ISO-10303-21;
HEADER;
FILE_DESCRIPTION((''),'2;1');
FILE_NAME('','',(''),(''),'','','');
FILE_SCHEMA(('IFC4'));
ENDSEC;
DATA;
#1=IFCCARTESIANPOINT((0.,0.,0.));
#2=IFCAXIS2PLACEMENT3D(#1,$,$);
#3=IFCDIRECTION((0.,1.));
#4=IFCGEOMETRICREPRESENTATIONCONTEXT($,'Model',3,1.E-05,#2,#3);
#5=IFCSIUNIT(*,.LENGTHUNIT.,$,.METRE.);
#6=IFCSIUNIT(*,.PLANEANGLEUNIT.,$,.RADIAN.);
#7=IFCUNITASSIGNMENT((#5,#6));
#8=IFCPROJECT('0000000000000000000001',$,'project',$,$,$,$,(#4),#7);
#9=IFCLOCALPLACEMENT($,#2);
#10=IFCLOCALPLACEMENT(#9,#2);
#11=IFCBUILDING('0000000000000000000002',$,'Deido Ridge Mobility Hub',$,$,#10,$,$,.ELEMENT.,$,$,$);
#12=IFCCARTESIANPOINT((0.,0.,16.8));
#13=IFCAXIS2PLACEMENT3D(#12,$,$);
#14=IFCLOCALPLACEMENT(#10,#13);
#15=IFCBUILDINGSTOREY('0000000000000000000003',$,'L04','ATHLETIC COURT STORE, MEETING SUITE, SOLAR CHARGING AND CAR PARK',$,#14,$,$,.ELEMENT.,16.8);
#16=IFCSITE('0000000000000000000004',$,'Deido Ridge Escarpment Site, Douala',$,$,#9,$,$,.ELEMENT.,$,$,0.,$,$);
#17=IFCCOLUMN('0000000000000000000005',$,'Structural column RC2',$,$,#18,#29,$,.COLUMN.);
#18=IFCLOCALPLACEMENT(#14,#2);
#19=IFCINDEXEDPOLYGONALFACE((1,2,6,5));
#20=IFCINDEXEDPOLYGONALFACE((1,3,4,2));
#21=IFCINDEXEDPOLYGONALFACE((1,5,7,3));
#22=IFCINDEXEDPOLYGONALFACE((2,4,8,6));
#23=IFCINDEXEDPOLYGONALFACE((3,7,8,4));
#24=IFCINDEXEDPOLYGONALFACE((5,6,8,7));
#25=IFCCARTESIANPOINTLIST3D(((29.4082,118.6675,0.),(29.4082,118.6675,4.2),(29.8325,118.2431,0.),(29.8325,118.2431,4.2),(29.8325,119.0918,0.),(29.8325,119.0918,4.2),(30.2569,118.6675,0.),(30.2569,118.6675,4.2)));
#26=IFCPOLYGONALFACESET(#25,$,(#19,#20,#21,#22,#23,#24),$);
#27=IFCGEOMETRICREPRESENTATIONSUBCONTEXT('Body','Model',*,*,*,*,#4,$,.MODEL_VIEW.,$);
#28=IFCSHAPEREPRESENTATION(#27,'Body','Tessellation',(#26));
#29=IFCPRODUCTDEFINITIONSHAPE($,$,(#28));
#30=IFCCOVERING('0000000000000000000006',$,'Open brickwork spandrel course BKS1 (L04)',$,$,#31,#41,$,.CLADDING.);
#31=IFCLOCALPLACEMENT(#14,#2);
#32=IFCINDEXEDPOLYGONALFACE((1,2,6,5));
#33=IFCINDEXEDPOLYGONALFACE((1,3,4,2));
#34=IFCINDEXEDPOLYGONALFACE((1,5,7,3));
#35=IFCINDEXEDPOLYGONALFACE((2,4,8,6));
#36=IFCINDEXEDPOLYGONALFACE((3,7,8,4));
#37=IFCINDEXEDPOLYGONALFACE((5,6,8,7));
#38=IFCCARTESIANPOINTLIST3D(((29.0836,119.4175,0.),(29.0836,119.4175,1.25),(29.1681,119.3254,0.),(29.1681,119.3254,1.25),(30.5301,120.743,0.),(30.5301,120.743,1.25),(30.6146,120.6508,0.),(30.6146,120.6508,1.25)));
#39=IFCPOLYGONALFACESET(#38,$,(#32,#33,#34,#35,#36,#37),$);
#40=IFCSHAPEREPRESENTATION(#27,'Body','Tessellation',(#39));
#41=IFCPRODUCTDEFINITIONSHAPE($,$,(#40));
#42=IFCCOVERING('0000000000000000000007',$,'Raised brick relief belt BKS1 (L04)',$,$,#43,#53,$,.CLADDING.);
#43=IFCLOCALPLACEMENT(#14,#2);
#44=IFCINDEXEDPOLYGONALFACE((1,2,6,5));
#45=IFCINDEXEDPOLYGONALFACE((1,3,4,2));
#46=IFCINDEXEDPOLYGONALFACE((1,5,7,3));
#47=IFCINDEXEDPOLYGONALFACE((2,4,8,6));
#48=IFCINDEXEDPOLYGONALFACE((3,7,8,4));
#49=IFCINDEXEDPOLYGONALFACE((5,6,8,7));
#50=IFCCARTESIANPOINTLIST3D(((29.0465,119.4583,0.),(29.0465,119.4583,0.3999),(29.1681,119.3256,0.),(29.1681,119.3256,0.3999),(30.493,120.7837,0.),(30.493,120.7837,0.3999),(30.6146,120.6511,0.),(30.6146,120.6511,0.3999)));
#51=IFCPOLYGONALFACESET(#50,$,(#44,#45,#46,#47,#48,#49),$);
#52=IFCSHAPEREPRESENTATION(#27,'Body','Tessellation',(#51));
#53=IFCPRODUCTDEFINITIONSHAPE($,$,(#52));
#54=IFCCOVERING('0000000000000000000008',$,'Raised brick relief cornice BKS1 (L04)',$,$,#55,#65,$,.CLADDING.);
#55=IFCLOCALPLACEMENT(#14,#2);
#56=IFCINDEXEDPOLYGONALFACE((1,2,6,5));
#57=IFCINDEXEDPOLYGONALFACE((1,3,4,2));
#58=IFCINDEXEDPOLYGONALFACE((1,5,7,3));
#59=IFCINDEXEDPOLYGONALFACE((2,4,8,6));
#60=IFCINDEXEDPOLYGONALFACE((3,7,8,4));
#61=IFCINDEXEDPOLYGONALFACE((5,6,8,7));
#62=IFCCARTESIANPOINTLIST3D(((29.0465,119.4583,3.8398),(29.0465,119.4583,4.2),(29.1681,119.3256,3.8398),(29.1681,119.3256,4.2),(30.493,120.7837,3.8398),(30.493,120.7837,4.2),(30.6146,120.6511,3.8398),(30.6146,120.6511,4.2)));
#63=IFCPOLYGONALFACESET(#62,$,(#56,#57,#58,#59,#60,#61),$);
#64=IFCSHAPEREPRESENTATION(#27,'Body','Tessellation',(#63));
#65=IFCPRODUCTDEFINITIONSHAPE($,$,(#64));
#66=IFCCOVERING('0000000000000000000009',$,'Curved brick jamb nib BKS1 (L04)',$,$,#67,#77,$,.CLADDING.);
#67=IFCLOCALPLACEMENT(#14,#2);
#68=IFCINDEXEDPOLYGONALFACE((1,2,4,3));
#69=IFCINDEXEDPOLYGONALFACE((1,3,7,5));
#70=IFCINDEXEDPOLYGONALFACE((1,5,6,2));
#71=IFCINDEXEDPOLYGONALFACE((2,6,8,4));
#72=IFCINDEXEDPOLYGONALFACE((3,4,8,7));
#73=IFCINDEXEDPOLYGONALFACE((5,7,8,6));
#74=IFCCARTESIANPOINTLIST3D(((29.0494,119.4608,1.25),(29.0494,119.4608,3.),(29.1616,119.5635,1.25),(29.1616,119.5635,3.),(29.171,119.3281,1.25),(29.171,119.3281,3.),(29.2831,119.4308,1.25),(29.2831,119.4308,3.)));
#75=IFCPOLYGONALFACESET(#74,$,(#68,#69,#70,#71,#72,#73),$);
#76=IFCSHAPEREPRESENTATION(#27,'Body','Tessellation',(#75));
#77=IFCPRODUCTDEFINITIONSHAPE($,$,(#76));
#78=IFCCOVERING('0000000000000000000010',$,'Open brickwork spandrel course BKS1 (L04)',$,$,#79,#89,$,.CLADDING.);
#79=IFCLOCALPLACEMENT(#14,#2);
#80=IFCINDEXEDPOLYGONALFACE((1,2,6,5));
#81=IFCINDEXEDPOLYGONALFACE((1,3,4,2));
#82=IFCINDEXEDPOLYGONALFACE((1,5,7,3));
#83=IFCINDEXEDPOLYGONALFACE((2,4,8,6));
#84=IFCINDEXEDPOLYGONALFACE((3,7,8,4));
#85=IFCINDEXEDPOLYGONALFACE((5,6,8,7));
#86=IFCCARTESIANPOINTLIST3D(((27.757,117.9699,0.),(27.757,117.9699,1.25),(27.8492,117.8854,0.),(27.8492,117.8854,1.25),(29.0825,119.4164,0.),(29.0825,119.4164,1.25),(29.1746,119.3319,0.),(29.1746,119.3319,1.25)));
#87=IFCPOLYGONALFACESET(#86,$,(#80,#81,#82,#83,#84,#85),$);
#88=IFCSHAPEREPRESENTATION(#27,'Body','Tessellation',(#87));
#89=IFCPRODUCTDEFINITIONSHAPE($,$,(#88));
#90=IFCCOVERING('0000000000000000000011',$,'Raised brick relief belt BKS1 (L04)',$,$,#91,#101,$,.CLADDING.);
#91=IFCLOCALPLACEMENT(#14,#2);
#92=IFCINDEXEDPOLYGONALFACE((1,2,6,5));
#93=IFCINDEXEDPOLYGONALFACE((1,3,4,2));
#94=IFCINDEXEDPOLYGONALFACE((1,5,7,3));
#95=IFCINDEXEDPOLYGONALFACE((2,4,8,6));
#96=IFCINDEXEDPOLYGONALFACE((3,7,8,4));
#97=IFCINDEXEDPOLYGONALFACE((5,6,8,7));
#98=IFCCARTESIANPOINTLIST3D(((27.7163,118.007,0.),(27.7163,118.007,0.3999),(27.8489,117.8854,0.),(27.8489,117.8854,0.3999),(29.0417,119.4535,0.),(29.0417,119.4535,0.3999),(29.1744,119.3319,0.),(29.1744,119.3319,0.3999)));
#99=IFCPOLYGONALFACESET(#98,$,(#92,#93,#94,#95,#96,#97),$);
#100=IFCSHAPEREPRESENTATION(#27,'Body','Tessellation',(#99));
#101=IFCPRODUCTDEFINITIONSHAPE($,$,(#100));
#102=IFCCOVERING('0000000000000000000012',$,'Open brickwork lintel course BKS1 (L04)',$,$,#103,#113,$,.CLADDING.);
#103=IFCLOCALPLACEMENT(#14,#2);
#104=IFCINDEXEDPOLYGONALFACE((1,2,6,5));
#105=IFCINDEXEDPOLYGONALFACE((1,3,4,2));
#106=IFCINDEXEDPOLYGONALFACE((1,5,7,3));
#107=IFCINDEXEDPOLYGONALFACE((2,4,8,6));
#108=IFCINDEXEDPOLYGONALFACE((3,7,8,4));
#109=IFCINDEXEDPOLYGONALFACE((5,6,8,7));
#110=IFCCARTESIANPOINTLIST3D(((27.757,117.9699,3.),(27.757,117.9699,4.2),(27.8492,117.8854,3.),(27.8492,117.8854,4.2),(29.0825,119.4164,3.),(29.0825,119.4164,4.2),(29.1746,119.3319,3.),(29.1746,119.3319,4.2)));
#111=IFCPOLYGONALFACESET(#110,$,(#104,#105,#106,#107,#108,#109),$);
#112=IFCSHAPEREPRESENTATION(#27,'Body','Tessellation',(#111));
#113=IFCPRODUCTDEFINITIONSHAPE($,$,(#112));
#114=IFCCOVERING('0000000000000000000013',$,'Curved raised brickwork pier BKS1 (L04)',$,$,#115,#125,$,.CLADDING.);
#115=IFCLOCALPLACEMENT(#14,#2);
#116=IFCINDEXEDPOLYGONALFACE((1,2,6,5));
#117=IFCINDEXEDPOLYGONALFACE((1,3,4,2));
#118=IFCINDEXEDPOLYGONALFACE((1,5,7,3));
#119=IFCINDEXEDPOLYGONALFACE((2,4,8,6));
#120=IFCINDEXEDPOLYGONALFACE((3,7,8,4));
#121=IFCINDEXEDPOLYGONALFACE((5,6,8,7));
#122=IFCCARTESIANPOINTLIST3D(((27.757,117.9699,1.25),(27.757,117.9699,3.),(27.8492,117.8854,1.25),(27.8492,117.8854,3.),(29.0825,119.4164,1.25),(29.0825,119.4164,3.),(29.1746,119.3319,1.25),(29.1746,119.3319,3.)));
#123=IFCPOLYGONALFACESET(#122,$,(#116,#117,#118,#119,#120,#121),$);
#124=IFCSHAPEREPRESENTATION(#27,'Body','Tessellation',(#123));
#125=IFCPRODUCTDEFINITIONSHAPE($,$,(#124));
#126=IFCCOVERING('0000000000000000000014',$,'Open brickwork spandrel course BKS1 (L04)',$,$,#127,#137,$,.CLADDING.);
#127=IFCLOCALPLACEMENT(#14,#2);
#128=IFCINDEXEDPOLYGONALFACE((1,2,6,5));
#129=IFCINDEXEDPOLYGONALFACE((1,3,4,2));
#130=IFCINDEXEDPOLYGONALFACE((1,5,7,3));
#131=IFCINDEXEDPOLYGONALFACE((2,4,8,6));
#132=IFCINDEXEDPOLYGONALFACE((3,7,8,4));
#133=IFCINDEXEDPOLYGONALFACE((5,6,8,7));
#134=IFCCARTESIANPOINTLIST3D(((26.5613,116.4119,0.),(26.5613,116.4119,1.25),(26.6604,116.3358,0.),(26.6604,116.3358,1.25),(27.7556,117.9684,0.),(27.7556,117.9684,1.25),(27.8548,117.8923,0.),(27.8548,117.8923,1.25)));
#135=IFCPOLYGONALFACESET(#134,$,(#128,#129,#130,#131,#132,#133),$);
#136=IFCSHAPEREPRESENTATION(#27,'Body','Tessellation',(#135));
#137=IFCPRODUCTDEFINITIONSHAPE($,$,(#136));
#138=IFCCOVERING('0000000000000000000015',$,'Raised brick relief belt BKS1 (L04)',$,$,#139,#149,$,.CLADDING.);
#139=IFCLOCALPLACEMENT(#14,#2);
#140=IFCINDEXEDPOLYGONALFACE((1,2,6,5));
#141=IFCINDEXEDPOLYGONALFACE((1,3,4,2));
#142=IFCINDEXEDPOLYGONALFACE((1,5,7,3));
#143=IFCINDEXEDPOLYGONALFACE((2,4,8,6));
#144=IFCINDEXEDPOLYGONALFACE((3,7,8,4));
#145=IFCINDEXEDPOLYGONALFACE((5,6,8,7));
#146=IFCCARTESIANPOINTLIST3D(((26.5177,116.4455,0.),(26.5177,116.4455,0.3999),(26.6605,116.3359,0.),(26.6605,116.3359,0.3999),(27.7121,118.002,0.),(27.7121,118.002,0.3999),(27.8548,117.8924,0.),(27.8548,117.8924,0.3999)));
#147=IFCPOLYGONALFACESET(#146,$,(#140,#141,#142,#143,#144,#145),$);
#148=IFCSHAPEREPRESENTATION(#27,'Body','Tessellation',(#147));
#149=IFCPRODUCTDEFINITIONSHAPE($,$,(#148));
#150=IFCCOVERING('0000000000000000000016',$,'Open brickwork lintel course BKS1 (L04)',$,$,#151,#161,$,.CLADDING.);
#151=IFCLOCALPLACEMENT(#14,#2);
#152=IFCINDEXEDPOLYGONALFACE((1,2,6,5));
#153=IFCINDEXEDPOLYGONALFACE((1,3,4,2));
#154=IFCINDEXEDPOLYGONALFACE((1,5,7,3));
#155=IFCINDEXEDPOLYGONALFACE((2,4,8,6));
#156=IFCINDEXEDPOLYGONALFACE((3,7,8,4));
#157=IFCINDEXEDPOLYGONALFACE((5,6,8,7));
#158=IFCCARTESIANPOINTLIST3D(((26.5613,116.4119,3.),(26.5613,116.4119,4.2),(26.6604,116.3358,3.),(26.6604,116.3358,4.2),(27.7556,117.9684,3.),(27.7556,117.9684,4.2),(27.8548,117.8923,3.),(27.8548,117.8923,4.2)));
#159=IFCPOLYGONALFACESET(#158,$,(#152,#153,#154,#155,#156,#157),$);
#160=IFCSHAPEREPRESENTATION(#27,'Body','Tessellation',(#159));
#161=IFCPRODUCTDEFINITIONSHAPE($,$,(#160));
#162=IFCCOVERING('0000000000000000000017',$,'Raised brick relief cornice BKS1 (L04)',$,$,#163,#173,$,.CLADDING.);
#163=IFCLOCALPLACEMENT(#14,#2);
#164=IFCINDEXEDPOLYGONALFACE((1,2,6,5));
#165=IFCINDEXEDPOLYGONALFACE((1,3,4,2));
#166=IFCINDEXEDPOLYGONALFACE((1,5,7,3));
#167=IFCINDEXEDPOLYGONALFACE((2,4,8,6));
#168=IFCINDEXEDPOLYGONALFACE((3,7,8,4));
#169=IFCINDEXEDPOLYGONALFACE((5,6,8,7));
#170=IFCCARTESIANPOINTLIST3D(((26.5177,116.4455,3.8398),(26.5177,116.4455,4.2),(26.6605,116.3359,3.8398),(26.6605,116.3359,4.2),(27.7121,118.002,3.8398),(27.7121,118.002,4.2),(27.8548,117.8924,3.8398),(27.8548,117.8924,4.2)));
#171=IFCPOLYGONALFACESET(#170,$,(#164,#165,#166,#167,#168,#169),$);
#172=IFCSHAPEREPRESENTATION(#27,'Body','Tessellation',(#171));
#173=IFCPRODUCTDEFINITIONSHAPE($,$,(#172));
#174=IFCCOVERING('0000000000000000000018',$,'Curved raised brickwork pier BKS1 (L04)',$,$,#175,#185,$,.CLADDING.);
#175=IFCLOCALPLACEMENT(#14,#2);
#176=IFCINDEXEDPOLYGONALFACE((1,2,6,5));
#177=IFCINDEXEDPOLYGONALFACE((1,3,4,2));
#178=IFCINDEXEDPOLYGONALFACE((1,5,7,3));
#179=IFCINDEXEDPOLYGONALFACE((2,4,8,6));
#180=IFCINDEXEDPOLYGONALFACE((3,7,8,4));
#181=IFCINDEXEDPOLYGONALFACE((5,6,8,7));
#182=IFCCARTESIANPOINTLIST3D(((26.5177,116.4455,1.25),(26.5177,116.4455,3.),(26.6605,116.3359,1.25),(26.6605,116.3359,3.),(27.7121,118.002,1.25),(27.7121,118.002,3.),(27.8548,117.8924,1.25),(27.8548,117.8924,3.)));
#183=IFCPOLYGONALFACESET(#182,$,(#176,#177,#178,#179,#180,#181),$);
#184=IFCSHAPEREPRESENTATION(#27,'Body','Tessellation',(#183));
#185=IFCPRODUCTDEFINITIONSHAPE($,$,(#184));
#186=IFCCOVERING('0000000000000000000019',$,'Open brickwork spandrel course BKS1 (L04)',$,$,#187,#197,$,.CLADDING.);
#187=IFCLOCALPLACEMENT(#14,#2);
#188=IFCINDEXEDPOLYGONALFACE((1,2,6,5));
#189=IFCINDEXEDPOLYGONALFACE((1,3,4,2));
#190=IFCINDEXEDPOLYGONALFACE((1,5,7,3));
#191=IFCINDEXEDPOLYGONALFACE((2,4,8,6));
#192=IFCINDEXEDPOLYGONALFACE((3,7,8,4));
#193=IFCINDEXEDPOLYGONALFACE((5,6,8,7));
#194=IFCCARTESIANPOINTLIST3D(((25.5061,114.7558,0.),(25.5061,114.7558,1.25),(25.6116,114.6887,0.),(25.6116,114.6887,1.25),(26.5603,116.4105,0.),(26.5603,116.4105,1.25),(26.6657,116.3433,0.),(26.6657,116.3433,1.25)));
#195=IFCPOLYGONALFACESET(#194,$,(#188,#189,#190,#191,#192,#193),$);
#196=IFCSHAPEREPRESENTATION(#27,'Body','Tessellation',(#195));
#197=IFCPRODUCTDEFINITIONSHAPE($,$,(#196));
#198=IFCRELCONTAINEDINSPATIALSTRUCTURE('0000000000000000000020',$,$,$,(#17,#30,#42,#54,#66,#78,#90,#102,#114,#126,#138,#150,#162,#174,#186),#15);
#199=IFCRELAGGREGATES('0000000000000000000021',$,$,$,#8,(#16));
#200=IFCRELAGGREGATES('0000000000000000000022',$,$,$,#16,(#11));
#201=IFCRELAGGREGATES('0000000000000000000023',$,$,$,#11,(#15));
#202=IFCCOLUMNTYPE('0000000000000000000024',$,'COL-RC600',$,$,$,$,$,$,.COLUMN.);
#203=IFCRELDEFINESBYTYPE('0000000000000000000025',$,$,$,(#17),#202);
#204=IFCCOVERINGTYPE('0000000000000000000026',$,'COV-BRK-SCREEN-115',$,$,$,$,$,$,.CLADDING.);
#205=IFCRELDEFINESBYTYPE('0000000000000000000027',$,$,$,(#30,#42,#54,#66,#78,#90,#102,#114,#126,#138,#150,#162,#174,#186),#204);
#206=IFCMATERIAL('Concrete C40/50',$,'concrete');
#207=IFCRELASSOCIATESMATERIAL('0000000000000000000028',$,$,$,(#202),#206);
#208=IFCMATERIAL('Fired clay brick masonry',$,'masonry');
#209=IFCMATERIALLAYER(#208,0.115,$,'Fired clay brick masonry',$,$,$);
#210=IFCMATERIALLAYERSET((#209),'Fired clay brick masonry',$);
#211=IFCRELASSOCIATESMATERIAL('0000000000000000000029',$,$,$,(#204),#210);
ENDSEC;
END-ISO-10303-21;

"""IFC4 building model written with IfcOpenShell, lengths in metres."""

from ifc_helpers import new_model, si_unit, direction, frame, origin, origin_2d, place, context, subcontext, project, spatial, rectangle, extrude, material, layer, layer_set, material_profile, profile_set, type_object, element, save


model = new_model("IFC4")

# Units and contexts
model_context = context("Model", 3, precision=1e-05, world=origin(), true_north=direction((0.0, 1.0)))
body_context = subcontext(model_context, "Body", "Model", "MODEL_VIEW")
ifc_project = project(units=[si_unit("LENGTHUNIT", "METRE"), si_unit("PLANEANGLEUNIT", "RADIAN")], contexts=[model_context])

# Site, building, storey
site_placement = place(None, origin())
site = spatial("IfcSite", under=ifc_project, at=site_placement, Name="Deido Ridge Escarpment Site, Douala", CompositionType="ELEMENT", RefElevation=0.0)
building_placement = place(site_placement, origin())
building = spatial("IfcBuilding", under=site, at=building_placement, Name="Deido Ridge Mobility Hub", CompositionType="ELEMENT")
storey_placement = place(building_placement, frame((0.0, 0.0, 16.8)))
storey = spatial("IfcBuildingStorey", under=building, at=storey_placement, Name="L04", Description="ATHLETIC COURT STORE, MEETING SUITE, SOLAR CHARGING AND CAR PARK", CompositionType="ELEMENT", Elevation=16.8)

# Column
ifc_material_1 = material(Name="Concrete C40/50", Category="concrete")
ifc_material_profile = material_profile(ifc_material_1, rectangle(XDim=0.6001, YDim=0.6001, at=origin_2d()), Name="RC COL 600x600")
ifc_profile_set = profile_set([ifc_material_profile], Name="Concrete C40/50")
column_type = type_object("IfcColumnType", Name="COL-RC600", PredefinedType="COLUMN", material=ifc_profile_set)
column_placement = place(storey_placement, frame((29.8325, 118.6675, 0.0), z_axis=(0.0, 0.0, 1.0), x_axis=(-0.707107, 0.707107, 0.0)))
element("IfcColumn", 1, at=column_placement, inside=storey, type_object=column_type, Name="Structural column RC2", PredefinedType="COLUMN", context=body_context, shape_type="SweptSolid", body=[
    extrude(rectangle(XDim=0.6001, YDim=0.6001, at=origin_2d()), origin(), (0.0, 0.0, 1.0), 4.2),
])

# Coverings
ifc_material_2 = material(Name="Fired clay brick masonry", Category="masonry")
ifc_layer = layer(ifc_material_2, 0.115, Name="Fired clay brick masonry")
ifc_layer_set = layer_set([ifc_layer], Name="Fired clay brick masonry")
covering_type = type_object("IfcCoveringType", Name="COV-BRK-SCREEN-115", PredefinedType="CLADDING", material=ifc_layer_set)
covering_1_placement = place(storey_placement, frame((29.8491, 120.0342, 0.0), z_axis=(0.0, 0.0, 1.0), x_axis=(-0.737289, -0.675577, 0.0)))
element("IfcCovering", 2, at=covering_1_placement, inside=storey, type_object=covering_type, Name="Open brickwork spandrel course BKS1 (L04)", PredefinedType="CLADDING", context=body_context, shape_type="SweptSolid", body=[
    extrude(rectangle(XDim=1.9619, YDim=0.125, at=origin_2d()), origin(), (0.0, 0.0, 1.0), 1.25),
])
covering_2_placement = place(storey_placement, frame((29.8306, 120.0547, 0.0), z_axis=(0.0, 0.0, 1.0), x_axis=(-0.737289, -0.675577, 0.0)))
element("IfcCovering", 3, at=covering_2_placement, inside=storey, type_object=covering_type, Name="Raised brick relief belt BKS1 (L04)", PredefinedType="CLADDING", context=body_context, shape_type="SweptSolid", body=[
    extrude(rectangle(XDim=1.9619, YDim=0.1799, at=origin_2d()), origin(), (0.0, 0.0, 1.0), 0.3999),
])
covering_3_placement = place(storey_placement, frame((29.8306, 120.0547, 3.8398), z_axis=(0.0, 0.0, 1.0), x_axis=(-0.737289, -0.675577, 0.0)))
element("IfcCovering", 4, at=covering_3_placement, inside=storey, type_object=covering_type, Name="Raised brick relief cornice BKS1 (L04)", PredefinedType="CLADDING", context=body_context, shape_type="SweptSolid", body=[
    extrude(rectangle(XDim=1.9619, YDim=0.1799, at=origin_2d()), origin(), (0.0, 0.0, 1.0), 0.3601),
])
covering_4_placement = place(storey_placement, frame((29.1663, 119.4458, 1.25), z_axis=(0.0, 0.0, 1.0), x_axis=(-0.737289, -0.675577, 0.0)))
element("IfcCovering", 5, at=covering_4_placement, inside=storey, type_object=covering_type, Name="Curved brick jamb nib BKS1 (L04)", PredefinedType="CLADDING", context=body_context, shape_type="SweptSolid", body=[
    extrude(rectangle(XDim=0.1521, YDim=0.1799, at=origin_2d()), origin(), (0.0, 0.0, 1.0), 1.75),
])
covering_5_placement = place(storey_placement, frame((28.4658, 118.6509, 0.0), z_axis=(0.0, 0.0, 1.0), x_axis=(-0.675577, -0.737289, 0.0)))
element("IfcCovering", 6, at=covering_5_placement, inside=storey, type_object=covering_type, Name="Open brickwork spandrel course BKS1 (L04)", PredefinedType="CLADDING", context=body_context, shape_type="SweptSolid", body=[
    extrude(rectangle(XDim=1.9619, YDim=0.125, at=origin_2d()), origin(), (0.0, 0.0, 1.0), 1.25),
])
covering_6_placement = place(storey_placement, frame((28.4453, 118.6694, 0.0), z_axis=(0.0, 0.0, 1.0), x_axis=(-0.675577, -0.737289, 0.0)))
element("IfcCovering", 7, at=covering_6_placement, inside=storey, type_object=covering_type, Name="Raised brick relief belt BKS1 (L04)", PredefinedType="CLADDING", context=body_context, shape_type="SweptSolid", body=[
    extrude(rectangle(XDim=1.9619, YDim=0.1799, at=origin_2d()), origin(), (0.0, 0.0, 1.0), 0.3999),
])
covering_7_placement = place(storey_placement, frame((28.4658, 118.6509, 3.0), z_axis=(0.0, 0.0, 1.0), x_axis=(-0.675577, -0.737289, 0.0)))
element("IfcCovering", 8, at=covering_7_placement, inside=storey, type_object=covering_type, Name="Open brickwork lintel course BKS1 (L04)", PredefinedType="CLADDING", context=body_context, shape_type="SweptSolid", body=[
    extrude(rectangle(XDim=1.9619, YDim=0.125, at=origin_2d()), origin(), (0.0, 0.0, 1.0), 1.2),
])
covering_8_placement = place(storey_placement, frame((28.4658, 118.6509, 1.25), z_axis=(0.0, 0.0, 1.0), x_axis=(-0.675577, -0.737289, 0.0)))
element("IfcCovering", 9, at=covering_8_placement, inside=storey, type_object=covering_type, Name="Curved raised brickwork pier BKS1 (L04)", PredefinedType="CLADDING", context=body_context, shape_type="SweptSolid", body=[
    extrude(rectangle(XDim=1.9619, YDim=0.125, at=origin_2d()), origin(), (0.0, 0.0, 1.0), 1.75),
])
covering_9_placement = place(storey_placement, frame((27.208, 117.1521, 0.0), z_axis=(0.0, 0.0, 1.0), x_axis=(-0.608761, -0.793353, 0.0)))
element("IfcCovering", 10, at=covering_9_placement, inside=storey, type_object=covering_type, Name="Open brickwork spandrel course BKS1 (L04)", PredefinedType="CLADDING", context=body_context, shape_type="SweptSolid", body=[
    extrude(rectangle(XDim=1.9619, YDim=0.125, at=origin_2d()), origin(), (0.0, 0.0, 1.0), 1.25),
])
covering_10_placement = place(storey_placement, frame((27.1863, 117.1689, 0.0), z_axis=(0.0, 0.0, 1.0), x_axis=(-0.608761, -0.793353, 0.0)))
element("IfcCovering", 11, at=covering_10_placement, inside=storey, type_object=covering_type, Name="Raised brick relief belt BKS1 (L04)", PredefinedType="CLADDING", context=body_context, shape_type="SweptSolid", body=[
    extrude(rectangle(XDim=1.9619, YDim=0.1799, at=origin_2d()), origin(), (0.0, 0.0, 1.0), 0.3999),
])
covering_11_placement = place(storey_placement, frame((27.208, 117.1521, 3.0), z_axis=(0.0, 0.0, 1.0), x_axis=(-0.608761, -0.793353, 0.0)))
element("IfcCovering", 12, at=covering_11_placement, inside=storey, type_object=covering_type, Name="Open brickwork lintel course BKS1 (L04)", PredefinedType="CLADDING", context=body_context, shape_type="SweptSolid", body=[
    extrude(rectangle(XDim=1.9619, YDim=0.125, at=origin_2d()), origin(), (0.0, 0.0, 1.0), 1.2),
])
covering_12_placement = place(storey_placement, frame((27.1863, 117.1689, 3.8398), z_axis=(0.0, 0.0, 1.0), x_axis=(-0.608761, -0.793353, 0.0)))
element("IfcCovering", 13, at=covering_12_placement, inside=storey, type_object=covering_type, Name="Raised brick relief cornice BKS1 (L04)", PredefinedType="CLADDING", context=body_context, shape_type="SweptSolid", body=[
    extrude(rectangle(XDim=1.9619, YDim=0.1799, at=origin_2d()), origin(), (0.0, 0.0, 1.0), 0.3601),
])
covering_13_placement = place(storey_placement, frame((27.1863, 117.1689, 1.25), z_axis=(0.0, 0.0, 1.0), x_axis=(-0.608761, -0.793353, 0.0)))
element("IfcCovering", 14, at=covering_13_placement, inside=storey, type_object=covering_type, Name="Curved raised brickwork pier BKS1 (L04)", PredefinedType="CLADDING", context=body_context, shape_type="SweptSolid", body=[
    extrude(rectangle(XDim=1.9619, YDim=0.1799, at=origin_2d()), origin(), (0.0, 0.0, 1.0), 1.75),
])
covering_14_placement = place(storey_placement, frame((26.0859, 115.5496, 0.0), z_axis=(0.0, 0.0, 1.0), x_axis=(-0.537314, -0.843382, 0.0)))
element("IfcCovering", 15, at=covering_14_placement, inside=storey, type_object=covering_type, Name="Open brickwork spandrel course BKS1 (L04)", PredefinedType="CLADDING", context=body_context, shape_type="SweptSolid", body=[
    extrude(rectangle(XDim=1.9619, YDim=0.125, at=origin_2d()), origin(), (0.0, 0.0, 1.0), 1.25),
])

save(model, "model.ifc")
